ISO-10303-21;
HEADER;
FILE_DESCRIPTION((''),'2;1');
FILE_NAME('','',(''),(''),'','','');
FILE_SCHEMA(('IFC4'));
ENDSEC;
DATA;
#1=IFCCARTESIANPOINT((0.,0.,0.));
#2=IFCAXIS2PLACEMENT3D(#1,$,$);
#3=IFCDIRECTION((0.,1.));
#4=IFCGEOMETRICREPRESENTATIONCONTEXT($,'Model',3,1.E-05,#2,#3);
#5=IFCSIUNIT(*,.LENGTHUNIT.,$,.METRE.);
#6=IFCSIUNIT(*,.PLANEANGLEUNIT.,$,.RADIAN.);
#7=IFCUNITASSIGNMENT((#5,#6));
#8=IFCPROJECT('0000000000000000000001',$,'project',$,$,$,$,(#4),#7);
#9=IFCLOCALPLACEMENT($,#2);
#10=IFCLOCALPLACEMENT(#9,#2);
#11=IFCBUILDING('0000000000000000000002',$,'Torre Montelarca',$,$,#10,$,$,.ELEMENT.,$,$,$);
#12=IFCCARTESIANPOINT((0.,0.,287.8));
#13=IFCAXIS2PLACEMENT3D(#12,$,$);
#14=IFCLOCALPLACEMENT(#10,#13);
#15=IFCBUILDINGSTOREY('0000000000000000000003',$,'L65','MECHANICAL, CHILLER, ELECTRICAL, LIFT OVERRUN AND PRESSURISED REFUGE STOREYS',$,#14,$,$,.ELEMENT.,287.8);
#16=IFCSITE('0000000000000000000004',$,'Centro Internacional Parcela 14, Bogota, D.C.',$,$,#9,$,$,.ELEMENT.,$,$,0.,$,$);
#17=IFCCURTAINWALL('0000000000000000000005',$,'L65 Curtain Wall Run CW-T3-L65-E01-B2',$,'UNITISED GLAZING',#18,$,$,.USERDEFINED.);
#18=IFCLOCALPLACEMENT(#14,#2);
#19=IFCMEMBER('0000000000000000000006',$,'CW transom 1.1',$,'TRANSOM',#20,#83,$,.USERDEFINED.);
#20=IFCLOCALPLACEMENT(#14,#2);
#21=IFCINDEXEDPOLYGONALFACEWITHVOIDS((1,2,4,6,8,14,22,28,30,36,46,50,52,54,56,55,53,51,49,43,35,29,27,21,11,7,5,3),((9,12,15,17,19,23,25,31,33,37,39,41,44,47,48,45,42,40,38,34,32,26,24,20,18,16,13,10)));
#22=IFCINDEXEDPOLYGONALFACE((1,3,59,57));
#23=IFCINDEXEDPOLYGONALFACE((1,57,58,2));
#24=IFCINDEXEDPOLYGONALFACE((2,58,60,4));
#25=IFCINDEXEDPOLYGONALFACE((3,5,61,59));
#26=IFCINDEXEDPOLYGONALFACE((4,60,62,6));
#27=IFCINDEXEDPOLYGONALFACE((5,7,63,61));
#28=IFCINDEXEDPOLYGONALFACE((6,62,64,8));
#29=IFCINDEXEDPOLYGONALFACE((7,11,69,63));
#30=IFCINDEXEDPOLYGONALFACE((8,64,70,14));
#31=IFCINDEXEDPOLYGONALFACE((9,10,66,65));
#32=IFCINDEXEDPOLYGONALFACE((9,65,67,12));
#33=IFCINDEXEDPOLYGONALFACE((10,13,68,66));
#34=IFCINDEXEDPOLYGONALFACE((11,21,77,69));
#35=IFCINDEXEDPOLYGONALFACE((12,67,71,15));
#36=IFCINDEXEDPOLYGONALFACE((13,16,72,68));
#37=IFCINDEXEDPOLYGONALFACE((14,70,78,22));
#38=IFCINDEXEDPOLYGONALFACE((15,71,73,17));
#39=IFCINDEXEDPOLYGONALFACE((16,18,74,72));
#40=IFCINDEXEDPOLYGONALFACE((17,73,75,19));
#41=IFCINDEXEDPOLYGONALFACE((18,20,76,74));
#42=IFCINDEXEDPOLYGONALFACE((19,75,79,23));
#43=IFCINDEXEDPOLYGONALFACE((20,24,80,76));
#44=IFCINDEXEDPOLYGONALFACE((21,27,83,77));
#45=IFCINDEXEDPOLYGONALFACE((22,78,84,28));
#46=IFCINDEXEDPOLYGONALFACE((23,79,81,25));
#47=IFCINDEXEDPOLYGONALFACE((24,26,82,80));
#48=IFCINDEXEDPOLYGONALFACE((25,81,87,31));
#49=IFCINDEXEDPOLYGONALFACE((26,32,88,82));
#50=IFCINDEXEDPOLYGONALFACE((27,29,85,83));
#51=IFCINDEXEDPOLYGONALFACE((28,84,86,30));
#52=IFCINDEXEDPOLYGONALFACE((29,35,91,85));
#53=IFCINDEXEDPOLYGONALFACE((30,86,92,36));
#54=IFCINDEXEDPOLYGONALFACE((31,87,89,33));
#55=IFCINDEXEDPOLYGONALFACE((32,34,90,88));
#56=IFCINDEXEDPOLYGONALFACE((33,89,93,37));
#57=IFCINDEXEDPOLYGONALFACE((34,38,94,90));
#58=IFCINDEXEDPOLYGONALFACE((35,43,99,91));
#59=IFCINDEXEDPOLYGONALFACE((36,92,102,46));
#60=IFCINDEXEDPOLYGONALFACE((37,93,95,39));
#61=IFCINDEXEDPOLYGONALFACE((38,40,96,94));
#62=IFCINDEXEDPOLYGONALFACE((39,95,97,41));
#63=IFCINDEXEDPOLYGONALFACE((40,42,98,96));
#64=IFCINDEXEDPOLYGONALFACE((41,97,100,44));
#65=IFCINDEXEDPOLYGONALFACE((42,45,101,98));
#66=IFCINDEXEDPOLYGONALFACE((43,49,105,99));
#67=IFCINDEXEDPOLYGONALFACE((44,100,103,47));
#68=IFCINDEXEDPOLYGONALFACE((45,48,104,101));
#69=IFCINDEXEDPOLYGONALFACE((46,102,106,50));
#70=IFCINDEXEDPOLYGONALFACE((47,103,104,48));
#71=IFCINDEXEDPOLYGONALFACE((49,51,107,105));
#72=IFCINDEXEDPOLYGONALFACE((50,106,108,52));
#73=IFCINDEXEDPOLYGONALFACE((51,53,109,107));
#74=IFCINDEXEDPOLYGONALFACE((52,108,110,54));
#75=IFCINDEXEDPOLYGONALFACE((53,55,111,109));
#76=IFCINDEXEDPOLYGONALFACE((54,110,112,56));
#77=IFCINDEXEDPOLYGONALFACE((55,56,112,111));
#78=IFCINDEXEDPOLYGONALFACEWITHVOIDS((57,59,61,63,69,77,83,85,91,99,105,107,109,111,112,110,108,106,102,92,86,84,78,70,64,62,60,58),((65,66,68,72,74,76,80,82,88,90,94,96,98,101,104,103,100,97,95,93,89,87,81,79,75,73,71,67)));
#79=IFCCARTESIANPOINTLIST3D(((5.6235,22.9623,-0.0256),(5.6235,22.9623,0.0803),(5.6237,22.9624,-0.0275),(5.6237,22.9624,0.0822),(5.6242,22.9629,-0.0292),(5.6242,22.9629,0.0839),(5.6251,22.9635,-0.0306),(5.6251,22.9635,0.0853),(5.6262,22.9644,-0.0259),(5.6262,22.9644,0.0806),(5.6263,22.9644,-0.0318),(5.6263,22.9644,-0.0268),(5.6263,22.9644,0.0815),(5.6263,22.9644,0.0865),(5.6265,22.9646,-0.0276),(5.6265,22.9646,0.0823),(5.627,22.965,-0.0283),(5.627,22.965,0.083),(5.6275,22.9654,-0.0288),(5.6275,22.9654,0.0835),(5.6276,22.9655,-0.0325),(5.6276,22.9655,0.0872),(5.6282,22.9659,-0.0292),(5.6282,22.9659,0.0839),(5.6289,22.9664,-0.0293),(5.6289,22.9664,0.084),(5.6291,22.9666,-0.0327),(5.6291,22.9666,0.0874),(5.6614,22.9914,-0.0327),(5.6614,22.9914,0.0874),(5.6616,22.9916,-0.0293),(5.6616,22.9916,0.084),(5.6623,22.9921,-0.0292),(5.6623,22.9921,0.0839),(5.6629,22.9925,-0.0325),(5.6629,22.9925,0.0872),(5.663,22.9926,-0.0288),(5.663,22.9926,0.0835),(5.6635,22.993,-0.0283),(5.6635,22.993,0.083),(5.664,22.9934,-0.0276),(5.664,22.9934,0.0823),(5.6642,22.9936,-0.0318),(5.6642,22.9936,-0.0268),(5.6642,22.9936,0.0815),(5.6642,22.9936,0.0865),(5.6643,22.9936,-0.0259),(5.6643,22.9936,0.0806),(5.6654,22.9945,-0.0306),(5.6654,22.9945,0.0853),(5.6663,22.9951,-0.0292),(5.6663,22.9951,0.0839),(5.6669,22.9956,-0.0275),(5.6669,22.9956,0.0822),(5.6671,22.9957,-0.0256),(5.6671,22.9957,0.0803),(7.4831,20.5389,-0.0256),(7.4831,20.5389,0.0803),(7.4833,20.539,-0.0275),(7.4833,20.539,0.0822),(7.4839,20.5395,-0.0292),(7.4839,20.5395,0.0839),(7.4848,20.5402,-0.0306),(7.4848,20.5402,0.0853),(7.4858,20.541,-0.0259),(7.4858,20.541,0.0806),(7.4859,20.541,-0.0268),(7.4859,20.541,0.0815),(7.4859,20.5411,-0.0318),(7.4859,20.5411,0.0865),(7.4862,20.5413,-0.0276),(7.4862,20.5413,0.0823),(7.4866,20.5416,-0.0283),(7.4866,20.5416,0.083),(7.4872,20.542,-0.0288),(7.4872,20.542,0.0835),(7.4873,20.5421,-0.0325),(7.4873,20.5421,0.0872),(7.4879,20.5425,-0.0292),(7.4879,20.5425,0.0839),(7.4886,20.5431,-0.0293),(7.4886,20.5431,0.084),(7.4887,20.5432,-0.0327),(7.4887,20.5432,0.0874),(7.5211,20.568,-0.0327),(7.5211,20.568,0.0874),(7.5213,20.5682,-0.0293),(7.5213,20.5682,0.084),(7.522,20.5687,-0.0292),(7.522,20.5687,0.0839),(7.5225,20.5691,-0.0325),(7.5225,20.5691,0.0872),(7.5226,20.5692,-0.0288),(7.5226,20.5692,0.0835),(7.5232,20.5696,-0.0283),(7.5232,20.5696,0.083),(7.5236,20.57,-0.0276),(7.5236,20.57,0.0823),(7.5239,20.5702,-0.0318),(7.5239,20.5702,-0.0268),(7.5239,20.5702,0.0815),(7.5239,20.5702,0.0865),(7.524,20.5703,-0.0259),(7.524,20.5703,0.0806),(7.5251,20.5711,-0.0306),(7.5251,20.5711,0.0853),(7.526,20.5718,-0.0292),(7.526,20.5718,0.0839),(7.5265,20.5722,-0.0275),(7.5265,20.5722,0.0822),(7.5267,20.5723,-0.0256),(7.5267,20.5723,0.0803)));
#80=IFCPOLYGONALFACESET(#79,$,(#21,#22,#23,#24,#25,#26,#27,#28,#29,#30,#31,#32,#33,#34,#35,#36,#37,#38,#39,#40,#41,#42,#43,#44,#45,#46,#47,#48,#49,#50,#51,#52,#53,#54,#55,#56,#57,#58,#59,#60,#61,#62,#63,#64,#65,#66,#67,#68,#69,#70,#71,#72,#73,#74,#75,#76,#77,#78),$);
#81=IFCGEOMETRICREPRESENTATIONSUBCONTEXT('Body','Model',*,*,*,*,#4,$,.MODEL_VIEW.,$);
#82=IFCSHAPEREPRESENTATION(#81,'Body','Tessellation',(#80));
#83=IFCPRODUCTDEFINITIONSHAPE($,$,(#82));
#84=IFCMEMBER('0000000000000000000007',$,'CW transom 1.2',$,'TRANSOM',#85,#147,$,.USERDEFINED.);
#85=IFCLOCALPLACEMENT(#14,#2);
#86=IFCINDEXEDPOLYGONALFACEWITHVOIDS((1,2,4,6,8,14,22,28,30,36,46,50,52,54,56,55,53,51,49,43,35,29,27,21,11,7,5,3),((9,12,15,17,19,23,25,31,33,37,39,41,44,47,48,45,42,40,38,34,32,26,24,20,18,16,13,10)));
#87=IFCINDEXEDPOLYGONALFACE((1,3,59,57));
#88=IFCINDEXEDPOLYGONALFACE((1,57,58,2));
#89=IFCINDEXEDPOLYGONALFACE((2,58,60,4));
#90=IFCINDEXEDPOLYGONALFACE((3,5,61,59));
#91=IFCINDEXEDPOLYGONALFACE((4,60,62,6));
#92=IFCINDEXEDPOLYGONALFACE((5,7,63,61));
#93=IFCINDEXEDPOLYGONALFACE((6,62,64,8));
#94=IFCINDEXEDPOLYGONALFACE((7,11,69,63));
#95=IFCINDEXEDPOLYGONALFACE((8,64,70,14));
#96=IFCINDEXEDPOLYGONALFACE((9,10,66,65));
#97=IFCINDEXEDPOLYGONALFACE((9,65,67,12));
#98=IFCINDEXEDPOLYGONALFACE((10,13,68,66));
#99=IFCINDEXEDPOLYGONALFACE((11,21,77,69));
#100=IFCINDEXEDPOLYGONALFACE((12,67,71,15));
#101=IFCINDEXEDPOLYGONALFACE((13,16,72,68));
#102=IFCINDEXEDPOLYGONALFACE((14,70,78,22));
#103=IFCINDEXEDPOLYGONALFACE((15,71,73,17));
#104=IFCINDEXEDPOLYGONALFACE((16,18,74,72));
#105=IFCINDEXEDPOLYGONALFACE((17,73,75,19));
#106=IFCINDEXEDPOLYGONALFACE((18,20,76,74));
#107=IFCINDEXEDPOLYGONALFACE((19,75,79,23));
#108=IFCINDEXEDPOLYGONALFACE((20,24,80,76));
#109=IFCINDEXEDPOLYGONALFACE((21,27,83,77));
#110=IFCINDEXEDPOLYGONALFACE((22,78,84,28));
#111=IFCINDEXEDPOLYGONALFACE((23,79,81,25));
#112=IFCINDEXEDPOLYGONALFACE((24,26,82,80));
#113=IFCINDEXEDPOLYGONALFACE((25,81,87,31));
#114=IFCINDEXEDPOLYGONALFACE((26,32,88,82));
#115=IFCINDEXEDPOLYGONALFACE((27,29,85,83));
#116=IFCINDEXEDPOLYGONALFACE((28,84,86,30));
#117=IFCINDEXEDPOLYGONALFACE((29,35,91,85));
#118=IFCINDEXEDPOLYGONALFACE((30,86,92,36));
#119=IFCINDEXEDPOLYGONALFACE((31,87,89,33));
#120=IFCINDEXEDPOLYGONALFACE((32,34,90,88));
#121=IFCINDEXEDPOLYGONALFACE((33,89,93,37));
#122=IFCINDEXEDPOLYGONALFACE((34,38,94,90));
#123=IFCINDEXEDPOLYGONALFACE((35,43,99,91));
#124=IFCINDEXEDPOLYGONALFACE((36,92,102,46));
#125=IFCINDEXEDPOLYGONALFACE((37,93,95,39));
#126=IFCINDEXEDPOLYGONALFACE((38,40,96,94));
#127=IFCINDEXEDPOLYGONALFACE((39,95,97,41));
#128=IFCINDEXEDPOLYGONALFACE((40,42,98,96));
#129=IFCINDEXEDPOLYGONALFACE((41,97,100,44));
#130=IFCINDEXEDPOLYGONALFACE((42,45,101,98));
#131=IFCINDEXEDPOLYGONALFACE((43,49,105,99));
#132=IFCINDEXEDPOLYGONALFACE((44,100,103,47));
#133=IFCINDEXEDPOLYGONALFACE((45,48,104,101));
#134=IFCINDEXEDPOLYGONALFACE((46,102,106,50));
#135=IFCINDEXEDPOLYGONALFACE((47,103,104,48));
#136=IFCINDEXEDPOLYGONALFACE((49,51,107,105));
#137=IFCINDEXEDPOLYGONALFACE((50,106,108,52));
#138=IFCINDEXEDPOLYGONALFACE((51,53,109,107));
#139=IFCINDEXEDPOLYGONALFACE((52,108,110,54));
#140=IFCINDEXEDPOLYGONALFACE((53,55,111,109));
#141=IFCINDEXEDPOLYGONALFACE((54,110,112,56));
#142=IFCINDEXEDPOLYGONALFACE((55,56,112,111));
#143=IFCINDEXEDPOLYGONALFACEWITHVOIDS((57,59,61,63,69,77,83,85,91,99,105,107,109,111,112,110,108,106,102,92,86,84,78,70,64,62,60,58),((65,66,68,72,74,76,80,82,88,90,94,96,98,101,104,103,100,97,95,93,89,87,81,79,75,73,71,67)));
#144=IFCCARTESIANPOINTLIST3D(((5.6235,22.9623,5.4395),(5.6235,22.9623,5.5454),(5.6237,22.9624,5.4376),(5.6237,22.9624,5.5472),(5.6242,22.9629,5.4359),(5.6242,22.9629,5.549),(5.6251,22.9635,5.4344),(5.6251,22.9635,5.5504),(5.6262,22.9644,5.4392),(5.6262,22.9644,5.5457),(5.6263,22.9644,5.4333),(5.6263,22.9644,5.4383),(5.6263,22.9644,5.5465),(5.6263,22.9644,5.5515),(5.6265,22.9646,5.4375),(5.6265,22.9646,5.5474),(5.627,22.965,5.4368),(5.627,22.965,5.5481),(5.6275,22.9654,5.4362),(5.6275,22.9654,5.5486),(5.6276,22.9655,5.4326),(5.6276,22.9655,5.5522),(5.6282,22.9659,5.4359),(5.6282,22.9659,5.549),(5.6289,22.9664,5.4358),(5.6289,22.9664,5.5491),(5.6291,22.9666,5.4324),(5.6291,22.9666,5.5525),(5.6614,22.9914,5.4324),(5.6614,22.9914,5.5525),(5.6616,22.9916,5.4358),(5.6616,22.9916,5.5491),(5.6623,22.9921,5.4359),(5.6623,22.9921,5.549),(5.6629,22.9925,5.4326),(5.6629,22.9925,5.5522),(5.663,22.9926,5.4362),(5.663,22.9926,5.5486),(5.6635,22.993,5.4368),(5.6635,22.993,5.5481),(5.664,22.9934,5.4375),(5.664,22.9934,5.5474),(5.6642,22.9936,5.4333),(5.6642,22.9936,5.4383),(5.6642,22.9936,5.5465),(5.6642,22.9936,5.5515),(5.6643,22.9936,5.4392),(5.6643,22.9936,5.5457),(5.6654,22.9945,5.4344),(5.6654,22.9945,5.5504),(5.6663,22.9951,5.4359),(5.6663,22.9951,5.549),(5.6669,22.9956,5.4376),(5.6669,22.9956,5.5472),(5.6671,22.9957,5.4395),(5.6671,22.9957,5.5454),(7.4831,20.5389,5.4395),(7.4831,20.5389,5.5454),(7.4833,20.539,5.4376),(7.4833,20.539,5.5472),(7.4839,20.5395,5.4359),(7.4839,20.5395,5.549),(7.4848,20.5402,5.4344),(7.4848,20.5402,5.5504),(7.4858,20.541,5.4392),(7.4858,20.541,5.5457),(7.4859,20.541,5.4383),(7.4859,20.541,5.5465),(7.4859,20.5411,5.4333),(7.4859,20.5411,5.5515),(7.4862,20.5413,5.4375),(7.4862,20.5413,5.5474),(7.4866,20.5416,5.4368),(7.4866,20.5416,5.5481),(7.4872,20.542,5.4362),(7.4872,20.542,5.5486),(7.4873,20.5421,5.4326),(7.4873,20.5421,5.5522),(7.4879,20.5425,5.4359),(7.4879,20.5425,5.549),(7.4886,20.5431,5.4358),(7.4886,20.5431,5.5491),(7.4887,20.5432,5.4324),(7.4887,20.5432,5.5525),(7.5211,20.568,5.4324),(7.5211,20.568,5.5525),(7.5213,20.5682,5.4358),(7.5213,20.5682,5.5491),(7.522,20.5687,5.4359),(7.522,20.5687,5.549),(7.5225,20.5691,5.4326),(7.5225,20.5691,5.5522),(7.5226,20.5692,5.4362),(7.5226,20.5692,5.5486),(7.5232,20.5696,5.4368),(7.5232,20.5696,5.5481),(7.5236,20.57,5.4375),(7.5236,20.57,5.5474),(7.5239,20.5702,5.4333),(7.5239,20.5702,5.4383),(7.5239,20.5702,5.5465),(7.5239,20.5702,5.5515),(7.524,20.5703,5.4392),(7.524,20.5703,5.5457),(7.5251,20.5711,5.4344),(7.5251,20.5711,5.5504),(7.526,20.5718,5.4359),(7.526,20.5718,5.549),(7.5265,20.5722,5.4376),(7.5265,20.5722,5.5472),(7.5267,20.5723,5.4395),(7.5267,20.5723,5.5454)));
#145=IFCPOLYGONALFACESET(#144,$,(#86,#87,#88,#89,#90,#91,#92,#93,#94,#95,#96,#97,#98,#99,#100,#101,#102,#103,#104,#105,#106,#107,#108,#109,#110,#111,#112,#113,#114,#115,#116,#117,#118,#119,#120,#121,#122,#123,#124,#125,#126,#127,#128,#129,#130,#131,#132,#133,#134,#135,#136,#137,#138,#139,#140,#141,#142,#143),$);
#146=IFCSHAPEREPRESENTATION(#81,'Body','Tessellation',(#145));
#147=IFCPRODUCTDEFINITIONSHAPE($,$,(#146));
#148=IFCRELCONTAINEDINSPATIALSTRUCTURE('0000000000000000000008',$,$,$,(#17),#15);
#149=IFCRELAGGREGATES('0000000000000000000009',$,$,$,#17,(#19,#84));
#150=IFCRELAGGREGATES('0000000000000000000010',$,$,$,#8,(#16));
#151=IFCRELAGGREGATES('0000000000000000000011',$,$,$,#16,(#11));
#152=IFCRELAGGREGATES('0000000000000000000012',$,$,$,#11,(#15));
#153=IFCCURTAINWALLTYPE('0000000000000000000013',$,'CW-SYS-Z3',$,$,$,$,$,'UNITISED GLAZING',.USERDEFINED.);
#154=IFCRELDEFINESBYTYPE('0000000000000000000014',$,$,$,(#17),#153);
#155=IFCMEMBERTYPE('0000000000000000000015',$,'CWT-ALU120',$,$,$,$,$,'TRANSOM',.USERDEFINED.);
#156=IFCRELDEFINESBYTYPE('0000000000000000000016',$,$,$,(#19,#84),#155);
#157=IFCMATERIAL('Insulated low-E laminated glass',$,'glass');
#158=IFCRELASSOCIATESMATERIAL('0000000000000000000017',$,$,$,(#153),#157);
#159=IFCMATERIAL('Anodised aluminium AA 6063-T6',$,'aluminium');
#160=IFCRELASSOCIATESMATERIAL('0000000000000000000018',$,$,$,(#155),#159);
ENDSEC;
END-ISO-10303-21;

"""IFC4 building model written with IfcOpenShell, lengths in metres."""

from ifc_helpers import new_model, si_unit, direction, frame, origin, origin_2d, place, context, subcontext, project, spatial, hollow_rectangle, extrude, source, transform, mapped, material, material_profile, profile_set, type_object, element, aggregate, save


model = new_model("IFC4")

# Units and contexts
model_context = context("Model", 3, precision=1e-05, world=origin(), true_north=direction((0.0, 1.0)))
body_context = subcontext(model_context, "Body", "Model", "MODEL_VIEW")
ifc_project = project(units=[si_unit("LENGTHUNIT", "METRE"), si_unit("PLANEANGLEUNIT", "RADIAN")], contexts=[model_context])

# Site, building, storey
site_placement = place(None, origin())
site = spatial("IfcSite", under=ifc_project, at=site_placement, Name="Centro Internacional Parcela 14, Bogota, D.C.", CompositionType="ELEMENT", RefElevation=0.0)
building_placement = place(site_placement, origin())
building = spatial("IfcBuilding", under=site, at=building_placement, Name="Torre Montelarca", CompositionType="ELEMENT")
storey_placement = place(building_placement, frame((0.0, 0.0, 287.8)))
storey = spatial("IfcBuildingStorey", under=building, at=storey_placement, Name="L65", Description="MECHANICAL, CHILLER, ELECTRICAL, LIFT OVERRUN AND PRESSURISED REFUGE STOREYS", CompositionType="ELEMENT", Elevation=287.8)

# Curtain wall, members
ifc_material_1 = material(Name="Insulated low-E laminated glass", Category="glass")
curtain_wall_type = type_object("IfcCurtainWallType", Name="CW-SYS-Z3", ElementType="UNITISED GLAZING", PredefinedType="USERDEFINED", material=ifc_material_1)
curtain_wall_1_placement = place(storey_placement, origin())
curtain_wall_1 = element("IfcCurtainWall", 1, at=curtain_wall_1_placement, inside=storey, type_object=curtain_wall_type, Name="L65 Curtain Wall Run CW-T3-L65-E01-B2", ObjectType="UNITISED GLAZING", PredefinedType="USERDEFINED")
ifc_material_2 = material(Name="Anodised aluminium AA 6063-T6", Category="aluminium")
ifc_material_profile_1 = material_profile(ifc_material_2, hollow_rectangle(XDim=0.0549, YDim=0.1201, WallThickness=0.0034, InnerFilletRadius=0.0034, OuterFilletRadius=0.0071, at=origin_2d()), Name="ALU55X120X3.5", Category="aluminium")
ifc_profile_set_1 = profile_set([ifc_material_profile_1], Name="Anodised aluminium AA 6063-T6")
member_type_1 = type_object("IfcMemberType", Name="CWT-ALU120", ElementType="TRANSOM", PredefinedType="USERDEFINED", material=ifc_profile_set_1)
shared_shape_1 = source(origin(), body_context, "Body", "SweptSolid", [
    extrude(hollow_rectangle(XDim=0.0549, YDim=0.1201, WallThickness=0.0034, InnerFilletRadius=0.0034, OuterFilletRadius=0.0071, at=origin_2d()), origin(), (0.0, 0.0, 1.0), 3.0547),
])
member_1_placement = place(storey_placement, frame((5.6453, 22.979, 0.0273), z_axis=(0.608787, -0.793334, 0.0), x_axis=(0.793334, 0.608787, 0.0)))
member_1 = element("IfcMember", 2, at=member_1_placement, type_object=member_type_1, Name="CW transom 1.1", ObjectType="TRANSOM", PredefinedType="USERDEFINED", context=body_context, shape_type="MappedRepresentation", body=[
    mapped(shared_shape_1, transform((0.0, 0.0, 0.0), scale=1.0)),
])
member_2_placement = place(storey_placement, frame((5.6453, 22.979, 5.4924), z_axis=(0.608787, -0.793334, 0.0), x_axis=(0.793334, 0.608787, 0.0)))
member_2 = element("IfcMember", 3, at=member_2_placement, type_object=member_type_1, Name="CW transom 1.2", ObjectType="TRANSOM", PredefinedType="USERDEFINED", context=body_context, shape_type="MappedRepresentation", body=[
    mapped(shared_shape_1, transform((0.0, 0.0, 0.0), scale=1.0)),
])

aggregate(curtain_wall_1, [member_1, member_2])

save(model, "model.ifc")
